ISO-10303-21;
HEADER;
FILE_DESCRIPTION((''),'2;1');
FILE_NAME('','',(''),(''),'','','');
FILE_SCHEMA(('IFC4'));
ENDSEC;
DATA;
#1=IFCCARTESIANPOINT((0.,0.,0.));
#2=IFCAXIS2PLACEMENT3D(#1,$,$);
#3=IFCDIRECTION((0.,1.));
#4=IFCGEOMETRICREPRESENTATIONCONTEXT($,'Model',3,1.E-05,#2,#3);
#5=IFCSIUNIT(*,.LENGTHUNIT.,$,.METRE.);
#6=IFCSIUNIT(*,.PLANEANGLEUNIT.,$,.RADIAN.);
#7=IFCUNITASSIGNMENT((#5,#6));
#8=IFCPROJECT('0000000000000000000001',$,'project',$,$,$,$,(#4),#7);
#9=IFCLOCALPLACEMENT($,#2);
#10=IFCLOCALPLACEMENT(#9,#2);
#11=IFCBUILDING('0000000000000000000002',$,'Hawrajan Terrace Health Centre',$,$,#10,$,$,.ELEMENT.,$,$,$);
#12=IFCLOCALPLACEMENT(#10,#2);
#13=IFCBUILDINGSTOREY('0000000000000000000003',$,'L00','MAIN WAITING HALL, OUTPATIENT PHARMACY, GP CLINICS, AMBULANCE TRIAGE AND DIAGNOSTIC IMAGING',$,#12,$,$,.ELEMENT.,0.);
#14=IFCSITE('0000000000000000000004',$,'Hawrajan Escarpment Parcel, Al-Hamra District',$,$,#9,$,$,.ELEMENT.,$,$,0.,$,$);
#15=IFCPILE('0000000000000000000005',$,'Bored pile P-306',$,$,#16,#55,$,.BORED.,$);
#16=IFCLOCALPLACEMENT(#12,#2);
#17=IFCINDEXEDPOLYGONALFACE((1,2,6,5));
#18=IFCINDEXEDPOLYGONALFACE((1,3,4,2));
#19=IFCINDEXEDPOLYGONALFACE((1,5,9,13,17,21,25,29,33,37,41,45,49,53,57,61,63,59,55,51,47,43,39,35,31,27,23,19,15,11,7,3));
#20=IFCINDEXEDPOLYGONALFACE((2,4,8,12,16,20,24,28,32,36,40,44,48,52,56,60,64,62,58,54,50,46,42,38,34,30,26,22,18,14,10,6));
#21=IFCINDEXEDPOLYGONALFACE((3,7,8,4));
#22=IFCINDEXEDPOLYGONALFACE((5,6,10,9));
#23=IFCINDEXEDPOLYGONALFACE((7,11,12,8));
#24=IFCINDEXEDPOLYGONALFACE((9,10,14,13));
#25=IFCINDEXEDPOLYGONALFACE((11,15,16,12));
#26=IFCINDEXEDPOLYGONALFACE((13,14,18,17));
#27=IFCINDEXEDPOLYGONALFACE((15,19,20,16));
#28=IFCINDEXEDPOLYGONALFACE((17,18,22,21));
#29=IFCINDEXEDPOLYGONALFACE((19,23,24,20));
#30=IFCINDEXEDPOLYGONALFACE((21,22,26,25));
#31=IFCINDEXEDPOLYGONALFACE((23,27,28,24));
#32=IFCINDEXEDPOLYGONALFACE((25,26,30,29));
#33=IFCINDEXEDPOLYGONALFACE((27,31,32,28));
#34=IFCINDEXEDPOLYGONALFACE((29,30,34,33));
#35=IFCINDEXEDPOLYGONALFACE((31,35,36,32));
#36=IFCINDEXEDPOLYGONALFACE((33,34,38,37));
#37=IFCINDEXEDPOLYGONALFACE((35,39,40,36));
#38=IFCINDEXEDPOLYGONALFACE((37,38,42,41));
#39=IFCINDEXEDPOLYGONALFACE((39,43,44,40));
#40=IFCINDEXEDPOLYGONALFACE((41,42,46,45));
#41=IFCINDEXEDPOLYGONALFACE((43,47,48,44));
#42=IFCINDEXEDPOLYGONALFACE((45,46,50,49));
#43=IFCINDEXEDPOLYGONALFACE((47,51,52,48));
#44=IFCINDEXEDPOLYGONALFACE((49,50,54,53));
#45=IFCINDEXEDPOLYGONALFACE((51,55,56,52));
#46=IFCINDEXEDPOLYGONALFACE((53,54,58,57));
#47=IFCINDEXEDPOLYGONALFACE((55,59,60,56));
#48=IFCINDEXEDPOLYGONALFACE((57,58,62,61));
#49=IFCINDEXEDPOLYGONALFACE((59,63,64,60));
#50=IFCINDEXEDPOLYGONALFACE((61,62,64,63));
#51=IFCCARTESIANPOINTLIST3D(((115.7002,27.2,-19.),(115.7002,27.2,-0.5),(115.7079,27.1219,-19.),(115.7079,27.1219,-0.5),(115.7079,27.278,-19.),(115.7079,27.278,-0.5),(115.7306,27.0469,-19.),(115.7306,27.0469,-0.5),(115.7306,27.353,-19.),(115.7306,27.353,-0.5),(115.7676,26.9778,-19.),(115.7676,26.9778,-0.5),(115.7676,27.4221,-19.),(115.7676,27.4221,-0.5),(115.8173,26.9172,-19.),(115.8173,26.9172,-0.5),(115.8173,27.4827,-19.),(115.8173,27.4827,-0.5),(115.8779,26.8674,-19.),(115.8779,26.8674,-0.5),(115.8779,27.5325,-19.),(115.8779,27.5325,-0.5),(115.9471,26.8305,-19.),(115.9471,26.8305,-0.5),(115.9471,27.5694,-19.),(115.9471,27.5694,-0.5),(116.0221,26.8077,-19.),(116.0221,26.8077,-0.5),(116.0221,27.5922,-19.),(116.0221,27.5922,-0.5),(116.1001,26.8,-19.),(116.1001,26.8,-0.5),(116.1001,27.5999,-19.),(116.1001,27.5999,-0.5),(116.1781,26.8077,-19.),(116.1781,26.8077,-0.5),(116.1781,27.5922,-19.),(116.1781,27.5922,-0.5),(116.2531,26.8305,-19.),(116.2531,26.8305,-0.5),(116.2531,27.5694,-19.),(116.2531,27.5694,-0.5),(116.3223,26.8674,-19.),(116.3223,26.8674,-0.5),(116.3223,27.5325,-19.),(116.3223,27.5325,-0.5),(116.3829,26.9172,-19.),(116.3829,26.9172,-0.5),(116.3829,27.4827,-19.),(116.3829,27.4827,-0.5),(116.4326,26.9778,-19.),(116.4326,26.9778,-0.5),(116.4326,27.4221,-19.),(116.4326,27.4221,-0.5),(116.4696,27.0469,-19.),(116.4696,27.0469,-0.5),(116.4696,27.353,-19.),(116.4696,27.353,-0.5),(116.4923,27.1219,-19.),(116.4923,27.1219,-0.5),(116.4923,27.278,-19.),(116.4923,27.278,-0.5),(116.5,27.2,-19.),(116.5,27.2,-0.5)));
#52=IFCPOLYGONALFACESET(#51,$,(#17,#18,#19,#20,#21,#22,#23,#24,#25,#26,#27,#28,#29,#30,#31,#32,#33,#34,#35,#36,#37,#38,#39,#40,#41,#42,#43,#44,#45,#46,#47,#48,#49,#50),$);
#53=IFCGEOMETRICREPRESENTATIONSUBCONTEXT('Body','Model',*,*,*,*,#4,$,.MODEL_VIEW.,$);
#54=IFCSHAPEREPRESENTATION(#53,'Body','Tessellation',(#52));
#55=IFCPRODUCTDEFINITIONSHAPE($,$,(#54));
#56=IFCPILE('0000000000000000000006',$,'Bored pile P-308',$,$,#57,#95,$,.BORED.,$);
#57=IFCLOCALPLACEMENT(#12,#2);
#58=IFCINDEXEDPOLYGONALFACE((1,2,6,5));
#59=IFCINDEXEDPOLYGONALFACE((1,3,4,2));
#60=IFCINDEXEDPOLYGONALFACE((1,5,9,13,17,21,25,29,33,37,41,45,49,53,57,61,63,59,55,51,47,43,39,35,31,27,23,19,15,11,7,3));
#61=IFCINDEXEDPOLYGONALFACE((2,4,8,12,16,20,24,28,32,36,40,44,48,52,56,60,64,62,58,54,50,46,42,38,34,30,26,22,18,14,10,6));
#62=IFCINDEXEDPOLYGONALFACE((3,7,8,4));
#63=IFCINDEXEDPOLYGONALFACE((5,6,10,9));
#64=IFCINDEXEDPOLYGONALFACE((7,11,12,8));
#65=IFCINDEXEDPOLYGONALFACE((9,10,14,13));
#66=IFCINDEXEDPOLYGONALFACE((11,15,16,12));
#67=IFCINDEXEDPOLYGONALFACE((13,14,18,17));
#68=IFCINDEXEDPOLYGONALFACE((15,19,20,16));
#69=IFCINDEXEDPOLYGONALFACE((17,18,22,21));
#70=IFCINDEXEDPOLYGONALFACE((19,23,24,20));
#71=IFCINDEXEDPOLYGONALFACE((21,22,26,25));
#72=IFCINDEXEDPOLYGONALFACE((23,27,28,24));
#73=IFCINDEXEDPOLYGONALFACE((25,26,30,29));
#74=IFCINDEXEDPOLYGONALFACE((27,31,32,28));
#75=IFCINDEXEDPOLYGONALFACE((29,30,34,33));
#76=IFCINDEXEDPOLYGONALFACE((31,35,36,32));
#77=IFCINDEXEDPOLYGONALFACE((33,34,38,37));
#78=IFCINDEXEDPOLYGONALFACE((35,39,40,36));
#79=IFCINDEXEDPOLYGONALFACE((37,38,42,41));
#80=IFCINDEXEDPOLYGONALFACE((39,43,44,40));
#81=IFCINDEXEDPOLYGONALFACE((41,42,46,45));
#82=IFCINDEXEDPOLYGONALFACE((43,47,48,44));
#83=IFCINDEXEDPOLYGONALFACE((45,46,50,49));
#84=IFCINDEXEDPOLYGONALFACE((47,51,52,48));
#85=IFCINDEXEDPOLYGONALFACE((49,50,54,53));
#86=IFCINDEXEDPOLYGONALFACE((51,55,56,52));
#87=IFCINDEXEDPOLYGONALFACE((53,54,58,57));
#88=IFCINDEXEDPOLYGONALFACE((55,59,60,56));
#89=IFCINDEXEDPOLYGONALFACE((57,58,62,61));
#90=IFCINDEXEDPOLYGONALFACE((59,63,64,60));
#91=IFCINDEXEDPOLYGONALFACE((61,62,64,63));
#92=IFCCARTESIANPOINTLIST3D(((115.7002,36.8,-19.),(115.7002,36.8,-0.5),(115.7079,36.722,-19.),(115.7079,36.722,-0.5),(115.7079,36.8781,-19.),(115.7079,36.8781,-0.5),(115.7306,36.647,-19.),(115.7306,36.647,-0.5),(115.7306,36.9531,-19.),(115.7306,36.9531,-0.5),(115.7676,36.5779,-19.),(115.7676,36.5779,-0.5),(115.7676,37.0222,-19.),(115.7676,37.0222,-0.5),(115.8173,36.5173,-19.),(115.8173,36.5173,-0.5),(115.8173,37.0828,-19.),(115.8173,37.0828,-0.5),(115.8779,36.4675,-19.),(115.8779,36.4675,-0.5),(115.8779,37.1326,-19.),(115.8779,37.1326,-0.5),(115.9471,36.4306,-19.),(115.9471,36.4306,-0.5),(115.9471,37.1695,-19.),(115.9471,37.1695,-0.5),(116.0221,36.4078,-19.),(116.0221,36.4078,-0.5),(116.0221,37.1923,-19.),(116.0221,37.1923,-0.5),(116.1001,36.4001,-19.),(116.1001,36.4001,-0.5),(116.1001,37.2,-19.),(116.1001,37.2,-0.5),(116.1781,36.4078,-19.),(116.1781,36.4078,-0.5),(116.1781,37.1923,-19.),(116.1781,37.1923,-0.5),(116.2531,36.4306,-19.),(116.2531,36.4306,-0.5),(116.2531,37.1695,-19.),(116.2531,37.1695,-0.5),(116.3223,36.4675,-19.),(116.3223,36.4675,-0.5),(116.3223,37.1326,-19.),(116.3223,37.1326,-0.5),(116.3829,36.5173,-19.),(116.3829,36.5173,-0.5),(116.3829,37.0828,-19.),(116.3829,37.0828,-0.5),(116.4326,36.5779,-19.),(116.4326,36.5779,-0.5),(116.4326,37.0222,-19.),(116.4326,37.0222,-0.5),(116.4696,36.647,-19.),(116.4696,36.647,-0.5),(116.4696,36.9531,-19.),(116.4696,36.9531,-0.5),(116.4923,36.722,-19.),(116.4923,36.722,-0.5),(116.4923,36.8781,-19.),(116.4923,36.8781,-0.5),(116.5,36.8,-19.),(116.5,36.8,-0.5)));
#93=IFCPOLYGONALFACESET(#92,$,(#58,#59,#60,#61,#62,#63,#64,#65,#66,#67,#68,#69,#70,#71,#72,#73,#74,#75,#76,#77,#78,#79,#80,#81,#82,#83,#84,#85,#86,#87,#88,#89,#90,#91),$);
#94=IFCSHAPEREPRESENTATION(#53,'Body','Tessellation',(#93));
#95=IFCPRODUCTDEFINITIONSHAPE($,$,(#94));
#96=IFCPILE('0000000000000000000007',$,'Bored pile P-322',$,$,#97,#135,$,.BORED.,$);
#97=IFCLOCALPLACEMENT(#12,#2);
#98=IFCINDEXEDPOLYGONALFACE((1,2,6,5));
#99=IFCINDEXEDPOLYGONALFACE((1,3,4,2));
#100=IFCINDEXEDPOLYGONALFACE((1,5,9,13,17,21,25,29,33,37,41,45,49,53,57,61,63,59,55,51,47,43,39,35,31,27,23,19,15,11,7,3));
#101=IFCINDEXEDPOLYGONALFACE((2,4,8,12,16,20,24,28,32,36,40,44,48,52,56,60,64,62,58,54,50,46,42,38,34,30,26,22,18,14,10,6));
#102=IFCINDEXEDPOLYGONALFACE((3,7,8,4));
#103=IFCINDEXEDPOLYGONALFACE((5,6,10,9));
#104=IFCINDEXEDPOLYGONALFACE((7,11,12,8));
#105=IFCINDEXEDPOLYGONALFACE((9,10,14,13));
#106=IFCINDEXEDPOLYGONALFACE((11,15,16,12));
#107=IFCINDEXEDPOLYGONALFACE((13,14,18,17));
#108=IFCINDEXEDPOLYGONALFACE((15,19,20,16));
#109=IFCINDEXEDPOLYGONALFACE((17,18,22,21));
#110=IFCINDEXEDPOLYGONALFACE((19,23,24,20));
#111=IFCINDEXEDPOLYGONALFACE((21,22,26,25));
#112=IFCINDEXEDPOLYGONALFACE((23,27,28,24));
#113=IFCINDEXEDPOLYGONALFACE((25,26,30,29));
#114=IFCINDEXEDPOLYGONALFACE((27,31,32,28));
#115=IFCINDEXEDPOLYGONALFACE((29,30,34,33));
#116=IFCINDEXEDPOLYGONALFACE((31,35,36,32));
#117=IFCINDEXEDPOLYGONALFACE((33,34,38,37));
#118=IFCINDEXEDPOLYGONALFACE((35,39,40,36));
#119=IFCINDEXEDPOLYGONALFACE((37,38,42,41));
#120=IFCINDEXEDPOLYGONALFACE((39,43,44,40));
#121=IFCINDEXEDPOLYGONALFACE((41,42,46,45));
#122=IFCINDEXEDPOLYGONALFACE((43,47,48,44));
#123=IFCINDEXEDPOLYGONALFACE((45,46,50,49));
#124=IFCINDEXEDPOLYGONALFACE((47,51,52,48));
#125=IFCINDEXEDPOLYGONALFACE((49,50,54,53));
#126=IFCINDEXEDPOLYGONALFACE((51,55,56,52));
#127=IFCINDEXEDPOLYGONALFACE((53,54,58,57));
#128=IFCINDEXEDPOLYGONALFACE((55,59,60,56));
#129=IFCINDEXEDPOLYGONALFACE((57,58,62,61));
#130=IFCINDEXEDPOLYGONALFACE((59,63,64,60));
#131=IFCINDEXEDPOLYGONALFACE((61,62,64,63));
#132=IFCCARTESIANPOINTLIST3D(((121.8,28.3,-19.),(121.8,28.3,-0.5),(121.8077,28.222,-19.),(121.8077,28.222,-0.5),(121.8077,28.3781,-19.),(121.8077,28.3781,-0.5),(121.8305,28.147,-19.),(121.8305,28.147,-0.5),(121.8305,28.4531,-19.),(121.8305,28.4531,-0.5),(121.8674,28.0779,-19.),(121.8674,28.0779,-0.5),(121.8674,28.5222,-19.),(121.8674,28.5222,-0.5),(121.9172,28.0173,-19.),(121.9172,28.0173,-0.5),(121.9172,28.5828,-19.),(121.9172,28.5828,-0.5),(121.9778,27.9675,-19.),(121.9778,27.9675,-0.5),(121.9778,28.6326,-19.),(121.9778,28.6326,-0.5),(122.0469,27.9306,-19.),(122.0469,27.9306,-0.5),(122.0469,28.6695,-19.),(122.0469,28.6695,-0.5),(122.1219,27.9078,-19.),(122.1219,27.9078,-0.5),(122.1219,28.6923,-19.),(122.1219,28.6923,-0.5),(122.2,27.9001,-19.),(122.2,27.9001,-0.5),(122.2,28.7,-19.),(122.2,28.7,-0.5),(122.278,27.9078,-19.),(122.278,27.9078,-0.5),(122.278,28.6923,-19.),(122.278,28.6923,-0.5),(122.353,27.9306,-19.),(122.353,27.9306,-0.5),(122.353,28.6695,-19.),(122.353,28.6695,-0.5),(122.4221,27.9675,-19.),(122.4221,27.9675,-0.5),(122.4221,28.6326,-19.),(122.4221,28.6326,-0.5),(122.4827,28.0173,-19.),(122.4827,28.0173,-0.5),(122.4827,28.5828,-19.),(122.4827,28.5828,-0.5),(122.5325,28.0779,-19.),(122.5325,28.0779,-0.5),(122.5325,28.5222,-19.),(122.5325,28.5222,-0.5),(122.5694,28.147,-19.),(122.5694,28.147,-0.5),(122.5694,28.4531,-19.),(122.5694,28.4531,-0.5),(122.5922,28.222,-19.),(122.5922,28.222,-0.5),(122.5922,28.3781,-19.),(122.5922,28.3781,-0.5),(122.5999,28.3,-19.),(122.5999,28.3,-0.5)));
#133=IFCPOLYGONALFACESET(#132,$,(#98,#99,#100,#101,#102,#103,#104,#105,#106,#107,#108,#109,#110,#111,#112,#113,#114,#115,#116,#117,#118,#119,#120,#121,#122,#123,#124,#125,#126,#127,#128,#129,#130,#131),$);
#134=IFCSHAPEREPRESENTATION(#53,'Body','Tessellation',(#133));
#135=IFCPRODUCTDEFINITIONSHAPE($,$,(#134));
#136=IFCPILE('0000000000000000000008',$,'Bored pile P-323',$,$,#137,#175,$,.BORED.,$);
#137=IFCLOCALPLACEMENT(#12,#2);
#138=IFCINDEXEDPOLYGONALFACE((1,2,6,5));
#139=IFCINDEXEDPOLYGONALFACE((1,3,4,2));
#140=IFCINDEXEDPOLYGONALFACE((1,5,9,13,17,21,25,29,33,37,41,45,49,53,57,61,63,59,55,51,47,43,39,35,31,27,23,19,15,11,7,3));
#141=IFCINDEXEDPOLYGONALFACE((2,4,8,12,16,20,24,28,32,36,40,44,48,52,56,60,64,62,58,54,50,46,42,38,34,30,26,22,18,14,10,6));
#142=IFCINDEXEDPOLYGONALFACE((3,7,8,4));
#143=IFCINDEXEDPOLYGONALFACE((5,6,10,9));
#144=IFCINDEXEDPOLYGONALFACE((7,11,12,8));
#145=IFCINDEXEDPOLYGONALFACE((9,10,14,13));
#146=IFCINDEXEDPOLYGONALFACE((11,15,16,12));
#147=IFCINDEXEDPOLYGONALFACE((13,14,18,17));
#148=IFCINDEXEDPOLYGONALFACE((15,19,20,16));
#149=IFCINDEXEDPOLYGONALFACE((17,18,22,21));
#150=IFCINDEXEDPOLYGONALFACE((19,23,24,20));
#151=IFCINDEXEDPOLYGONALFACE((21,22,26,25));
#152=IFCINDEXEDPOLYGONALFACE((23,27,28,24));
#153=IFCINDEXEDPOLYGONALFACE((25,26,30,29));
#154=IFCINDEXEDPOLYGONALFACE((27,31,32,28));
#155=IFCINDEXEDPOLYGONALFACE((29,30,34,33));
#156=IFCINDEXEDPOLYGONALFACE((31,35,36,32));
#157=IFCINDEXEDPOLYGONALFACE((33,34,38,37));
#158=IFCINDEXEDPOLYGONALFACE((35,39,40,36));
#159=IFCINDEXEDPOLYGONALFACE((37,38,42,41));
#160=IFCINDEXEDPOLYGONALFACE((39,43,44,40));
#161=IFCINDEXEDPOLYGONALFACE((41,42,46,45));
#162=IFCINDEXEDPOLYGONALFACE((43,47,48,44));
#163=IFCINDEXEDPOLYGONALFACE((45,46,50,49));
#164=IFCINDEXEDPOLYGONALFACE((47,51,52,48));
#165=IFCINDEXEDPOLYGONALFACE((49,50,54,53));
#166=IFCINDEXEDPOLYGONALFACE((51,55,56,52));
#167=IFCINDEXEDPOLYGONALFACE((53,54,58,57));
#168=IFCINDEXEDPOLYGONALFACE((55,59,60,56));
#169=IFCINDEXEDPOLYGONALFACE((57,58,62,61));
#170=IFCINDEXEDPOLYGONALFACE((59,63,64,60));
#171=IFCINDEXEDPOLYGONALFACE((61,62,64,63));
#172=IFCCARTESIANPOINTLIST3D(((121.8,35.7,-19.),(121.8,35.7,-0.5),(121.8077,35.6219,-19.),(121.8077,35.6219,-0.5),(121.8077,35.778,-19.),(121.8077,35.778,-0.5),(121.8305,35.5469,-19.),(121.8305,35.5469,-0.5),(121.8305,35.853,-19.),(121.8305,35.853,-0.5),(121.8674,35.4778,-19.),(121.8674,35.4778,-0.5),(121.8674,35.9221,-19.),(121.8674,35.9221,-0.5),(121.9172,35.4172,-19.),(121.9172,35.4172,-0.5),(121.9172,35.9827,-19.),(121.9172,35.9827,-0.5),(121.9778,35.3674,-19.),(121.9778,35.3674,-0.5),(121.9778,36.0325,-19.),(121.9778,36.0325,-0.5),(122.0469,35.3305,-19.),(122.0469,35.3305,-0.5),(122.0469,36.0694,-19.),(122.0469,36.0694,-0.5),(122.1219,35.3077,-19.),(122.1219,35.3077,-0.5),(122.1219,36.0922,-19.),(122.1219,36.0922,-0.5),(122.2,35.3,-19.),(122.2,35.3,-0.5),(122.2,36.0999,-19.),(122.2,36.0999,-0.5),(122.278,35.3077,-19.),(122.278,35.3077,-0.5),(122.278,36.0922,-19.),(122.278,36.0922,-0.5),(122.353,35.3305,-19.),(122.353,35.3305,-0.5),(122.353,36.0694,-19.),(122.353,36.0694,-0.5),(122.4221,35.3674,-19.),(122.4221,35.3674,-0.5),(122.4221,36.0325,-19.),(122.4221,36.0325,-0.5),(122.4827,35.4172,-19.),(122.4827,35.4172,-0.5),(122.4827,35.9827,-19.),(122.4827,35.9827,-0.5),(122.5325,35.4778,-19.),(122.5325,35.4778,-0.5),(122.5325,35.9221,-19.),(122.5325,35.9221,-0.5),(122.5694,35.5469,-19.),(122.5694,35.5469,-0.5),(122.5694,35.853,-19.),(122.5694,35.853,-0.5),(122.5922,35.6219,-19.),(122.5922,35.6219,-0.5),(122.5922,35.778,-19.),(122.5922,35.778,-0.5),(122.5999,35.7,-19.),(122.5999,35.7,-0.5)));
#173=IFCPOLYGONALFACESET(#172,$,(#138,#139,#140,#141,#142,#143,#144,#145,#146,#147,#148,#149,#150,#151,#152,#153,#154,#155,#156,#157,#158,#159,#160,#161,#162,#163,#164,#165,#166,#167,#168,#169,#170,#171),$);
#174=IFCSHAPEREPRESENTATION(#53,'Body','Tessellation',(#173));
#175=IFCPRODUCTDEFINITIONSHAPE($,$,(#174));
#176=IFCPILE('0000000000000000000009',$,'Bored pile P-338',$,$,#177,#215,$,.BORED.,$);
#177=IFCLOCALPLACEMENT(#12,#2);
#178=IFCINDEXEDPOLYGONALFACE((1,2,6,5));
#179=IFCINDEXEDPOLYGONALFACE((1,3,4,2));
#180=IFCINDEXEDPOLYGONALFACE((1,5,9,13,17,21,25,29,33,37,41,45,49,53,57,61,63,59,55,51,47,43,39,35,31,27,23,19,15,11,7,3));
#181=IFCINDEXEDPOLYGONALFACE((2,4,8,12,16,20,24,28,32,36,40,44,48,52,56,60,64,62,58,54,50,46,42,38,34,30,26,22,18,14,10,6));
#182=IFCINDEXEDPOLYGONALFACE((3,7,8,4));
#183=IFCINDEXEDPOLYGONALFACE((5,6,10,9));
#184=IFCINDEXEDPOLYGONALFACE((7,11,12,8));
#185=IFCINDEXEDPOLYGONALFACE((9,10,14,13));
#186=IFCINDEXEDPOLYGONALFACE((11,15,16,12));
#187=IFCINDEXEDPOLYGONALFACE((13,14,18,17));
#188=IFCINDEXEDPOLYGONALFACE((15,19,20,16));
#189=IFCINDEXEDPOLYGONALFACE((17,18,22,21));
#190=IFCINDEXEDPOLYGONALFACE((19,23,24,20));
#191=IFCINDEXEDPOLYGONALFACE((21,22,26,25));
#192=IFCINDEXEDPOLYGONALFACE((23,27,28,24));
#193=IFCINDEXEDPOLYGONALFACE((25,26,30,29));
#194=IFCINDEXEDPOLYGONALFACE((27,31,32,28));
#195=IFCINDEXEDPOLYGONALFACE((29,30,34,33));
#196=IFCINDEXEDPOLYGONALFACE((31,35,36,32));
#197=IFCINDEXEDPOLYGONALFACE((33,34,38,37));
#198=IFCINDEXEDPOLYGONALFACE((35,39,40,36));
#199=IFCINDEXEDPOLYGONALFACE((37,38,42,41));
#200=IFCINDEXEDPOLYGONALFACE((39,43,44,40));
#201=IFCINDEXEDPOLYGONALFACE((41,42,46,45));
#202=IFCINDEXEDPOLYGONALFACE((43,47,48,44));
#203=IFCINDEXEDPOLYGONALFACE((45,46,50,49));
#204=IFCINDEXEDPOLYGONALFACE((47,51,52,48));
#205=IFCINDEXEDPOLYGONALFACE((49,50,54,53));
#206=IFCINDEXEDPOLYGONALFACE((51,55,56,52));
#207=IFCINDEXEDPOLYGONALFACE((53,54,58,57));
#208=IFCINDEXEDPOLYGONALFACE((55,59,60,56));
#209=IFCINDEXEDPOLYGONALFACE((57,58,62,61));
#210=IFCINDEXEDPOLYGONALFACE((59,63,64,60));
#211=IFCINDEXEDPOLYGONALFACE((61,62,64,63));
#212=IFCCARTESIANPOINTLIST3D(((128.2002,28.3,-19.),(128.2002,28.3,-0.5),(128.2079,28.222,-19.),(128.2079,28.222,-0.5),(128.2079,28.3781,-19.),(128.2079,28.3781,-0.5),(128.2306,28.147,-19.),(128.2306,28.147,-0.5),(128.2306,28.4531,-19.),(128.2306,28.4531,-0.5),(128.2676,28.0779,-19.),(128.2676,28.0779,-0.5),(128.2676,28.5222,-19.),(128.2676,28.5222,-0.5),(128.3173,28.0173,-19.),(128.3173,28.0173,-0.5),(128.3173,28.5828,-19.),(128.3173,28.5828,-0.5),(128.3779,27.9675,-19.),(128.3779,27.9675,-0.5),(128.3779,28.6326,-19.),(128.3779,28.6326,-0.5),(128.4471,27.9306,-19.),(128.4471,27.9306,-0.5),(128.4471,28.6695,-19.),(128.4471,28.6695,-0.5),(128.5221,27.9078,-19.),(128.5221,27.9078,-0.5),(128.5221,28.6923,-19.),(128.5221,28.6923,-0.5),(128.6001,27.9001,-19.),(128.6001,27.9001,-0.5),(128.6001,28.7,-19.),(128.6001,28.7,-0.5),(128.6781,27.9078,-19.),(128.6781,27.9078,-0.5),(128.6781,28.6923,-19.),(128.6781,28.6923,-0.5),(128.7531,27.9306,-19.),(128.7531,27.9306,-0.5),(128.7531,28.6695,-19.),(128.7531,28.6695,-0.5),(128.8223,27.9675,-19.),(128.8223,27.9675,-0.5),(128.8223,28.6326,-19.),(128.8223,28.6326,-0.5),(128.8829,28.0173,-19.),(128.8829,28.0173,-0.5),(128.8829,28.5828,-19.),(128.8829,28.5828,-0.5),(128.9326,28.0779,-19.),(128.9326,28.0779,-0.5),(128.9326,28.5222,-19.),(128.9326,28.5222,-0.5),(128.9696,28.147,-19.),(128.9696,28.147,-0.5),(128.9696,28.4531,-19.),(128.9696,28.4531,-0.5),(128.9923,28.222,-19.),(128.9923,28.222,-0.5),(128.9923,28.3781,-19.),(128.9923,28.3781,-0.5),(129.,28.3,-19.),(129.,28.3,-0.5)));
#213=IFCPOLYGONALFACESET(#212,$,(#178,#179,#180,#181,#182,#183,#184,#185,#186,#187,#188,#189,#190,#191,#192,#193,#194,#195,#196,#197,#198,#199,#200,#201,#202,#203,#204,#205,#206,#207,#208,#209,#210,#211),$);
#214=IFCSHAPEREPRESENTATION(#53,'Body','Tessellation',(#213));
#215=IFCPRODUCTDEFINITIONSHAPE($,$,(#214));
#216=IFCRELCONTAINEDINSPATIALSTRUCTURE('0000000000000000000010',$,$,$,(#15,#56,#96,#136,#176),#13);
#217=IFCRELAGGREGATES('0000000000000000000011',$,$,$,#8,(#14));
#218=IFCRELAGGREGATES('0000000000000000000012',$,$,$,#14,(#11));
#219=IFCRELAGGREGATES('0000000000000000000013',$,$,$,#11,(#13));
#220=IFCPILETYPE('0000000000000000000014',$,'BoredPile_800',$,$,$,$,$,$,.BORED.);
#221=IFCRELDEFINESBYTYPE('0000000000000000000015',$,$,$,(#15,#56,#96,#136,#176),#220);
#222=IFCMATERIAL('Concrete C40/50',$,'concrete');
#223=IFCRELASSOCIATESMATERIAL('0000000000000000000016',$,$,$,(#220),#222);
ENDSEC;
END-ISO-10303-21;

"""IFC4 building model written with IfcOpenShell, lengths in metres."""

from ifc_helpers import new_model, si_unit, direction, frame, origin, origin_2d, place, context, subcontext, project, spatial, circle, extrude, material, material_profile, profile_set, type_object, element, save


model = new_model("IFC4")

# Units and contexts
model_context = context("Model", 3, precision=1e-05, world=origin(), true_north=direction((0.0, 1.0)))
body_context = subcontext(model_context, "Body", "Model", "MODEL_VIEW")
ifc_project = project(units=[si_unit("LENGTHUNIT", "METRE"), si_unit("PLANEANGLEUNIT", "RADIAN")], contexts=[model_context])

# Site, building, storey
site_placement = place(None, origin())
site = spatial("IfcSite", under=ifc_project, at=site_placement, Name="Hawrajan Escarpment Parcel, Al-Hamra District", CompositionType="ELEMENT", RefElevation=0.0)
building_placement = place(site_placement, origin())
building = spatial("IfcBuilding", under=site, at=building_placement, Name="Hawrajan Terrace Health Centre", CompositionType="ELEMENT")
storey_placement = place(building_placement, origin())
storey = spatial("IfcBuildingStorey", under=building, at=storey_placement, Name="L00", Description="MAIN WAITING HALL, OUTPATIENT PHARMACY, GP CLINICS, AMBULANCE TRIAGE AND DIAGNOSTIC IMAGING", CompositionType="ELEMENT", Elevation=0.0)

# Piles
ifc_material_1 = material(Name="Concrete C40/50", Category="concrete")
ifc_material_profile_1 = material_profile(ifc_material_1, circle(Radius=0.3999, at=origin_2d()), Name="BP 800")
ifc_profile_set_1 = profile_set([ifc_material_profile_1], Name="Concrete C40/50")
pile_type = type_object("IfcPileType", Name="BoredPile_800", PredefinedType="BORED", material=ifc_profile_set_1)
for number, where, z_axis, x_axis, name in (
    (1, (116.1001, 27.2, -0.5), (0.0, 0.0, -1.0), (1.0, 0.0, 0.0), "Bored pile P-306"),
    (2, (116.1001, 36.8, -0.5), (0.0, 0.0, -1.0), (1.0, 0.0, 0.0), "Bored pile P-308"),
    (3, (122.2, 28.3, -0.5), (0.0, 0.0, -1.0), (1.0, 0.0, 0.0), "Bored pile P-322"),
    (4, (122.2, 35.7, -0.5), (0.0, 0.0, -1.0), (1.0, 0.0, 0.0), "Bored pile P-323"),
    (5, (128.6001, 28.3, -0.5), (0.0, 0.0, -1.0), (1.0, 0.0, 0.0), "Bored pile P-338"),
):
    element("IfcPile", number, at=place(storey_placement, frame(where, z_axis=z_axis, x_axis=x_axis)), inside=storey, type_object=pile_type, Name=name, PredefinedType="BORED", context=body_context, shape_type="SweptSolid", body=[
        extrude(circle(Radius=0.3999, at=origin_2d()), origin(), (0.0, 0.0, 1.0), 18.5),
    ])

save(model, "model.ifc")
